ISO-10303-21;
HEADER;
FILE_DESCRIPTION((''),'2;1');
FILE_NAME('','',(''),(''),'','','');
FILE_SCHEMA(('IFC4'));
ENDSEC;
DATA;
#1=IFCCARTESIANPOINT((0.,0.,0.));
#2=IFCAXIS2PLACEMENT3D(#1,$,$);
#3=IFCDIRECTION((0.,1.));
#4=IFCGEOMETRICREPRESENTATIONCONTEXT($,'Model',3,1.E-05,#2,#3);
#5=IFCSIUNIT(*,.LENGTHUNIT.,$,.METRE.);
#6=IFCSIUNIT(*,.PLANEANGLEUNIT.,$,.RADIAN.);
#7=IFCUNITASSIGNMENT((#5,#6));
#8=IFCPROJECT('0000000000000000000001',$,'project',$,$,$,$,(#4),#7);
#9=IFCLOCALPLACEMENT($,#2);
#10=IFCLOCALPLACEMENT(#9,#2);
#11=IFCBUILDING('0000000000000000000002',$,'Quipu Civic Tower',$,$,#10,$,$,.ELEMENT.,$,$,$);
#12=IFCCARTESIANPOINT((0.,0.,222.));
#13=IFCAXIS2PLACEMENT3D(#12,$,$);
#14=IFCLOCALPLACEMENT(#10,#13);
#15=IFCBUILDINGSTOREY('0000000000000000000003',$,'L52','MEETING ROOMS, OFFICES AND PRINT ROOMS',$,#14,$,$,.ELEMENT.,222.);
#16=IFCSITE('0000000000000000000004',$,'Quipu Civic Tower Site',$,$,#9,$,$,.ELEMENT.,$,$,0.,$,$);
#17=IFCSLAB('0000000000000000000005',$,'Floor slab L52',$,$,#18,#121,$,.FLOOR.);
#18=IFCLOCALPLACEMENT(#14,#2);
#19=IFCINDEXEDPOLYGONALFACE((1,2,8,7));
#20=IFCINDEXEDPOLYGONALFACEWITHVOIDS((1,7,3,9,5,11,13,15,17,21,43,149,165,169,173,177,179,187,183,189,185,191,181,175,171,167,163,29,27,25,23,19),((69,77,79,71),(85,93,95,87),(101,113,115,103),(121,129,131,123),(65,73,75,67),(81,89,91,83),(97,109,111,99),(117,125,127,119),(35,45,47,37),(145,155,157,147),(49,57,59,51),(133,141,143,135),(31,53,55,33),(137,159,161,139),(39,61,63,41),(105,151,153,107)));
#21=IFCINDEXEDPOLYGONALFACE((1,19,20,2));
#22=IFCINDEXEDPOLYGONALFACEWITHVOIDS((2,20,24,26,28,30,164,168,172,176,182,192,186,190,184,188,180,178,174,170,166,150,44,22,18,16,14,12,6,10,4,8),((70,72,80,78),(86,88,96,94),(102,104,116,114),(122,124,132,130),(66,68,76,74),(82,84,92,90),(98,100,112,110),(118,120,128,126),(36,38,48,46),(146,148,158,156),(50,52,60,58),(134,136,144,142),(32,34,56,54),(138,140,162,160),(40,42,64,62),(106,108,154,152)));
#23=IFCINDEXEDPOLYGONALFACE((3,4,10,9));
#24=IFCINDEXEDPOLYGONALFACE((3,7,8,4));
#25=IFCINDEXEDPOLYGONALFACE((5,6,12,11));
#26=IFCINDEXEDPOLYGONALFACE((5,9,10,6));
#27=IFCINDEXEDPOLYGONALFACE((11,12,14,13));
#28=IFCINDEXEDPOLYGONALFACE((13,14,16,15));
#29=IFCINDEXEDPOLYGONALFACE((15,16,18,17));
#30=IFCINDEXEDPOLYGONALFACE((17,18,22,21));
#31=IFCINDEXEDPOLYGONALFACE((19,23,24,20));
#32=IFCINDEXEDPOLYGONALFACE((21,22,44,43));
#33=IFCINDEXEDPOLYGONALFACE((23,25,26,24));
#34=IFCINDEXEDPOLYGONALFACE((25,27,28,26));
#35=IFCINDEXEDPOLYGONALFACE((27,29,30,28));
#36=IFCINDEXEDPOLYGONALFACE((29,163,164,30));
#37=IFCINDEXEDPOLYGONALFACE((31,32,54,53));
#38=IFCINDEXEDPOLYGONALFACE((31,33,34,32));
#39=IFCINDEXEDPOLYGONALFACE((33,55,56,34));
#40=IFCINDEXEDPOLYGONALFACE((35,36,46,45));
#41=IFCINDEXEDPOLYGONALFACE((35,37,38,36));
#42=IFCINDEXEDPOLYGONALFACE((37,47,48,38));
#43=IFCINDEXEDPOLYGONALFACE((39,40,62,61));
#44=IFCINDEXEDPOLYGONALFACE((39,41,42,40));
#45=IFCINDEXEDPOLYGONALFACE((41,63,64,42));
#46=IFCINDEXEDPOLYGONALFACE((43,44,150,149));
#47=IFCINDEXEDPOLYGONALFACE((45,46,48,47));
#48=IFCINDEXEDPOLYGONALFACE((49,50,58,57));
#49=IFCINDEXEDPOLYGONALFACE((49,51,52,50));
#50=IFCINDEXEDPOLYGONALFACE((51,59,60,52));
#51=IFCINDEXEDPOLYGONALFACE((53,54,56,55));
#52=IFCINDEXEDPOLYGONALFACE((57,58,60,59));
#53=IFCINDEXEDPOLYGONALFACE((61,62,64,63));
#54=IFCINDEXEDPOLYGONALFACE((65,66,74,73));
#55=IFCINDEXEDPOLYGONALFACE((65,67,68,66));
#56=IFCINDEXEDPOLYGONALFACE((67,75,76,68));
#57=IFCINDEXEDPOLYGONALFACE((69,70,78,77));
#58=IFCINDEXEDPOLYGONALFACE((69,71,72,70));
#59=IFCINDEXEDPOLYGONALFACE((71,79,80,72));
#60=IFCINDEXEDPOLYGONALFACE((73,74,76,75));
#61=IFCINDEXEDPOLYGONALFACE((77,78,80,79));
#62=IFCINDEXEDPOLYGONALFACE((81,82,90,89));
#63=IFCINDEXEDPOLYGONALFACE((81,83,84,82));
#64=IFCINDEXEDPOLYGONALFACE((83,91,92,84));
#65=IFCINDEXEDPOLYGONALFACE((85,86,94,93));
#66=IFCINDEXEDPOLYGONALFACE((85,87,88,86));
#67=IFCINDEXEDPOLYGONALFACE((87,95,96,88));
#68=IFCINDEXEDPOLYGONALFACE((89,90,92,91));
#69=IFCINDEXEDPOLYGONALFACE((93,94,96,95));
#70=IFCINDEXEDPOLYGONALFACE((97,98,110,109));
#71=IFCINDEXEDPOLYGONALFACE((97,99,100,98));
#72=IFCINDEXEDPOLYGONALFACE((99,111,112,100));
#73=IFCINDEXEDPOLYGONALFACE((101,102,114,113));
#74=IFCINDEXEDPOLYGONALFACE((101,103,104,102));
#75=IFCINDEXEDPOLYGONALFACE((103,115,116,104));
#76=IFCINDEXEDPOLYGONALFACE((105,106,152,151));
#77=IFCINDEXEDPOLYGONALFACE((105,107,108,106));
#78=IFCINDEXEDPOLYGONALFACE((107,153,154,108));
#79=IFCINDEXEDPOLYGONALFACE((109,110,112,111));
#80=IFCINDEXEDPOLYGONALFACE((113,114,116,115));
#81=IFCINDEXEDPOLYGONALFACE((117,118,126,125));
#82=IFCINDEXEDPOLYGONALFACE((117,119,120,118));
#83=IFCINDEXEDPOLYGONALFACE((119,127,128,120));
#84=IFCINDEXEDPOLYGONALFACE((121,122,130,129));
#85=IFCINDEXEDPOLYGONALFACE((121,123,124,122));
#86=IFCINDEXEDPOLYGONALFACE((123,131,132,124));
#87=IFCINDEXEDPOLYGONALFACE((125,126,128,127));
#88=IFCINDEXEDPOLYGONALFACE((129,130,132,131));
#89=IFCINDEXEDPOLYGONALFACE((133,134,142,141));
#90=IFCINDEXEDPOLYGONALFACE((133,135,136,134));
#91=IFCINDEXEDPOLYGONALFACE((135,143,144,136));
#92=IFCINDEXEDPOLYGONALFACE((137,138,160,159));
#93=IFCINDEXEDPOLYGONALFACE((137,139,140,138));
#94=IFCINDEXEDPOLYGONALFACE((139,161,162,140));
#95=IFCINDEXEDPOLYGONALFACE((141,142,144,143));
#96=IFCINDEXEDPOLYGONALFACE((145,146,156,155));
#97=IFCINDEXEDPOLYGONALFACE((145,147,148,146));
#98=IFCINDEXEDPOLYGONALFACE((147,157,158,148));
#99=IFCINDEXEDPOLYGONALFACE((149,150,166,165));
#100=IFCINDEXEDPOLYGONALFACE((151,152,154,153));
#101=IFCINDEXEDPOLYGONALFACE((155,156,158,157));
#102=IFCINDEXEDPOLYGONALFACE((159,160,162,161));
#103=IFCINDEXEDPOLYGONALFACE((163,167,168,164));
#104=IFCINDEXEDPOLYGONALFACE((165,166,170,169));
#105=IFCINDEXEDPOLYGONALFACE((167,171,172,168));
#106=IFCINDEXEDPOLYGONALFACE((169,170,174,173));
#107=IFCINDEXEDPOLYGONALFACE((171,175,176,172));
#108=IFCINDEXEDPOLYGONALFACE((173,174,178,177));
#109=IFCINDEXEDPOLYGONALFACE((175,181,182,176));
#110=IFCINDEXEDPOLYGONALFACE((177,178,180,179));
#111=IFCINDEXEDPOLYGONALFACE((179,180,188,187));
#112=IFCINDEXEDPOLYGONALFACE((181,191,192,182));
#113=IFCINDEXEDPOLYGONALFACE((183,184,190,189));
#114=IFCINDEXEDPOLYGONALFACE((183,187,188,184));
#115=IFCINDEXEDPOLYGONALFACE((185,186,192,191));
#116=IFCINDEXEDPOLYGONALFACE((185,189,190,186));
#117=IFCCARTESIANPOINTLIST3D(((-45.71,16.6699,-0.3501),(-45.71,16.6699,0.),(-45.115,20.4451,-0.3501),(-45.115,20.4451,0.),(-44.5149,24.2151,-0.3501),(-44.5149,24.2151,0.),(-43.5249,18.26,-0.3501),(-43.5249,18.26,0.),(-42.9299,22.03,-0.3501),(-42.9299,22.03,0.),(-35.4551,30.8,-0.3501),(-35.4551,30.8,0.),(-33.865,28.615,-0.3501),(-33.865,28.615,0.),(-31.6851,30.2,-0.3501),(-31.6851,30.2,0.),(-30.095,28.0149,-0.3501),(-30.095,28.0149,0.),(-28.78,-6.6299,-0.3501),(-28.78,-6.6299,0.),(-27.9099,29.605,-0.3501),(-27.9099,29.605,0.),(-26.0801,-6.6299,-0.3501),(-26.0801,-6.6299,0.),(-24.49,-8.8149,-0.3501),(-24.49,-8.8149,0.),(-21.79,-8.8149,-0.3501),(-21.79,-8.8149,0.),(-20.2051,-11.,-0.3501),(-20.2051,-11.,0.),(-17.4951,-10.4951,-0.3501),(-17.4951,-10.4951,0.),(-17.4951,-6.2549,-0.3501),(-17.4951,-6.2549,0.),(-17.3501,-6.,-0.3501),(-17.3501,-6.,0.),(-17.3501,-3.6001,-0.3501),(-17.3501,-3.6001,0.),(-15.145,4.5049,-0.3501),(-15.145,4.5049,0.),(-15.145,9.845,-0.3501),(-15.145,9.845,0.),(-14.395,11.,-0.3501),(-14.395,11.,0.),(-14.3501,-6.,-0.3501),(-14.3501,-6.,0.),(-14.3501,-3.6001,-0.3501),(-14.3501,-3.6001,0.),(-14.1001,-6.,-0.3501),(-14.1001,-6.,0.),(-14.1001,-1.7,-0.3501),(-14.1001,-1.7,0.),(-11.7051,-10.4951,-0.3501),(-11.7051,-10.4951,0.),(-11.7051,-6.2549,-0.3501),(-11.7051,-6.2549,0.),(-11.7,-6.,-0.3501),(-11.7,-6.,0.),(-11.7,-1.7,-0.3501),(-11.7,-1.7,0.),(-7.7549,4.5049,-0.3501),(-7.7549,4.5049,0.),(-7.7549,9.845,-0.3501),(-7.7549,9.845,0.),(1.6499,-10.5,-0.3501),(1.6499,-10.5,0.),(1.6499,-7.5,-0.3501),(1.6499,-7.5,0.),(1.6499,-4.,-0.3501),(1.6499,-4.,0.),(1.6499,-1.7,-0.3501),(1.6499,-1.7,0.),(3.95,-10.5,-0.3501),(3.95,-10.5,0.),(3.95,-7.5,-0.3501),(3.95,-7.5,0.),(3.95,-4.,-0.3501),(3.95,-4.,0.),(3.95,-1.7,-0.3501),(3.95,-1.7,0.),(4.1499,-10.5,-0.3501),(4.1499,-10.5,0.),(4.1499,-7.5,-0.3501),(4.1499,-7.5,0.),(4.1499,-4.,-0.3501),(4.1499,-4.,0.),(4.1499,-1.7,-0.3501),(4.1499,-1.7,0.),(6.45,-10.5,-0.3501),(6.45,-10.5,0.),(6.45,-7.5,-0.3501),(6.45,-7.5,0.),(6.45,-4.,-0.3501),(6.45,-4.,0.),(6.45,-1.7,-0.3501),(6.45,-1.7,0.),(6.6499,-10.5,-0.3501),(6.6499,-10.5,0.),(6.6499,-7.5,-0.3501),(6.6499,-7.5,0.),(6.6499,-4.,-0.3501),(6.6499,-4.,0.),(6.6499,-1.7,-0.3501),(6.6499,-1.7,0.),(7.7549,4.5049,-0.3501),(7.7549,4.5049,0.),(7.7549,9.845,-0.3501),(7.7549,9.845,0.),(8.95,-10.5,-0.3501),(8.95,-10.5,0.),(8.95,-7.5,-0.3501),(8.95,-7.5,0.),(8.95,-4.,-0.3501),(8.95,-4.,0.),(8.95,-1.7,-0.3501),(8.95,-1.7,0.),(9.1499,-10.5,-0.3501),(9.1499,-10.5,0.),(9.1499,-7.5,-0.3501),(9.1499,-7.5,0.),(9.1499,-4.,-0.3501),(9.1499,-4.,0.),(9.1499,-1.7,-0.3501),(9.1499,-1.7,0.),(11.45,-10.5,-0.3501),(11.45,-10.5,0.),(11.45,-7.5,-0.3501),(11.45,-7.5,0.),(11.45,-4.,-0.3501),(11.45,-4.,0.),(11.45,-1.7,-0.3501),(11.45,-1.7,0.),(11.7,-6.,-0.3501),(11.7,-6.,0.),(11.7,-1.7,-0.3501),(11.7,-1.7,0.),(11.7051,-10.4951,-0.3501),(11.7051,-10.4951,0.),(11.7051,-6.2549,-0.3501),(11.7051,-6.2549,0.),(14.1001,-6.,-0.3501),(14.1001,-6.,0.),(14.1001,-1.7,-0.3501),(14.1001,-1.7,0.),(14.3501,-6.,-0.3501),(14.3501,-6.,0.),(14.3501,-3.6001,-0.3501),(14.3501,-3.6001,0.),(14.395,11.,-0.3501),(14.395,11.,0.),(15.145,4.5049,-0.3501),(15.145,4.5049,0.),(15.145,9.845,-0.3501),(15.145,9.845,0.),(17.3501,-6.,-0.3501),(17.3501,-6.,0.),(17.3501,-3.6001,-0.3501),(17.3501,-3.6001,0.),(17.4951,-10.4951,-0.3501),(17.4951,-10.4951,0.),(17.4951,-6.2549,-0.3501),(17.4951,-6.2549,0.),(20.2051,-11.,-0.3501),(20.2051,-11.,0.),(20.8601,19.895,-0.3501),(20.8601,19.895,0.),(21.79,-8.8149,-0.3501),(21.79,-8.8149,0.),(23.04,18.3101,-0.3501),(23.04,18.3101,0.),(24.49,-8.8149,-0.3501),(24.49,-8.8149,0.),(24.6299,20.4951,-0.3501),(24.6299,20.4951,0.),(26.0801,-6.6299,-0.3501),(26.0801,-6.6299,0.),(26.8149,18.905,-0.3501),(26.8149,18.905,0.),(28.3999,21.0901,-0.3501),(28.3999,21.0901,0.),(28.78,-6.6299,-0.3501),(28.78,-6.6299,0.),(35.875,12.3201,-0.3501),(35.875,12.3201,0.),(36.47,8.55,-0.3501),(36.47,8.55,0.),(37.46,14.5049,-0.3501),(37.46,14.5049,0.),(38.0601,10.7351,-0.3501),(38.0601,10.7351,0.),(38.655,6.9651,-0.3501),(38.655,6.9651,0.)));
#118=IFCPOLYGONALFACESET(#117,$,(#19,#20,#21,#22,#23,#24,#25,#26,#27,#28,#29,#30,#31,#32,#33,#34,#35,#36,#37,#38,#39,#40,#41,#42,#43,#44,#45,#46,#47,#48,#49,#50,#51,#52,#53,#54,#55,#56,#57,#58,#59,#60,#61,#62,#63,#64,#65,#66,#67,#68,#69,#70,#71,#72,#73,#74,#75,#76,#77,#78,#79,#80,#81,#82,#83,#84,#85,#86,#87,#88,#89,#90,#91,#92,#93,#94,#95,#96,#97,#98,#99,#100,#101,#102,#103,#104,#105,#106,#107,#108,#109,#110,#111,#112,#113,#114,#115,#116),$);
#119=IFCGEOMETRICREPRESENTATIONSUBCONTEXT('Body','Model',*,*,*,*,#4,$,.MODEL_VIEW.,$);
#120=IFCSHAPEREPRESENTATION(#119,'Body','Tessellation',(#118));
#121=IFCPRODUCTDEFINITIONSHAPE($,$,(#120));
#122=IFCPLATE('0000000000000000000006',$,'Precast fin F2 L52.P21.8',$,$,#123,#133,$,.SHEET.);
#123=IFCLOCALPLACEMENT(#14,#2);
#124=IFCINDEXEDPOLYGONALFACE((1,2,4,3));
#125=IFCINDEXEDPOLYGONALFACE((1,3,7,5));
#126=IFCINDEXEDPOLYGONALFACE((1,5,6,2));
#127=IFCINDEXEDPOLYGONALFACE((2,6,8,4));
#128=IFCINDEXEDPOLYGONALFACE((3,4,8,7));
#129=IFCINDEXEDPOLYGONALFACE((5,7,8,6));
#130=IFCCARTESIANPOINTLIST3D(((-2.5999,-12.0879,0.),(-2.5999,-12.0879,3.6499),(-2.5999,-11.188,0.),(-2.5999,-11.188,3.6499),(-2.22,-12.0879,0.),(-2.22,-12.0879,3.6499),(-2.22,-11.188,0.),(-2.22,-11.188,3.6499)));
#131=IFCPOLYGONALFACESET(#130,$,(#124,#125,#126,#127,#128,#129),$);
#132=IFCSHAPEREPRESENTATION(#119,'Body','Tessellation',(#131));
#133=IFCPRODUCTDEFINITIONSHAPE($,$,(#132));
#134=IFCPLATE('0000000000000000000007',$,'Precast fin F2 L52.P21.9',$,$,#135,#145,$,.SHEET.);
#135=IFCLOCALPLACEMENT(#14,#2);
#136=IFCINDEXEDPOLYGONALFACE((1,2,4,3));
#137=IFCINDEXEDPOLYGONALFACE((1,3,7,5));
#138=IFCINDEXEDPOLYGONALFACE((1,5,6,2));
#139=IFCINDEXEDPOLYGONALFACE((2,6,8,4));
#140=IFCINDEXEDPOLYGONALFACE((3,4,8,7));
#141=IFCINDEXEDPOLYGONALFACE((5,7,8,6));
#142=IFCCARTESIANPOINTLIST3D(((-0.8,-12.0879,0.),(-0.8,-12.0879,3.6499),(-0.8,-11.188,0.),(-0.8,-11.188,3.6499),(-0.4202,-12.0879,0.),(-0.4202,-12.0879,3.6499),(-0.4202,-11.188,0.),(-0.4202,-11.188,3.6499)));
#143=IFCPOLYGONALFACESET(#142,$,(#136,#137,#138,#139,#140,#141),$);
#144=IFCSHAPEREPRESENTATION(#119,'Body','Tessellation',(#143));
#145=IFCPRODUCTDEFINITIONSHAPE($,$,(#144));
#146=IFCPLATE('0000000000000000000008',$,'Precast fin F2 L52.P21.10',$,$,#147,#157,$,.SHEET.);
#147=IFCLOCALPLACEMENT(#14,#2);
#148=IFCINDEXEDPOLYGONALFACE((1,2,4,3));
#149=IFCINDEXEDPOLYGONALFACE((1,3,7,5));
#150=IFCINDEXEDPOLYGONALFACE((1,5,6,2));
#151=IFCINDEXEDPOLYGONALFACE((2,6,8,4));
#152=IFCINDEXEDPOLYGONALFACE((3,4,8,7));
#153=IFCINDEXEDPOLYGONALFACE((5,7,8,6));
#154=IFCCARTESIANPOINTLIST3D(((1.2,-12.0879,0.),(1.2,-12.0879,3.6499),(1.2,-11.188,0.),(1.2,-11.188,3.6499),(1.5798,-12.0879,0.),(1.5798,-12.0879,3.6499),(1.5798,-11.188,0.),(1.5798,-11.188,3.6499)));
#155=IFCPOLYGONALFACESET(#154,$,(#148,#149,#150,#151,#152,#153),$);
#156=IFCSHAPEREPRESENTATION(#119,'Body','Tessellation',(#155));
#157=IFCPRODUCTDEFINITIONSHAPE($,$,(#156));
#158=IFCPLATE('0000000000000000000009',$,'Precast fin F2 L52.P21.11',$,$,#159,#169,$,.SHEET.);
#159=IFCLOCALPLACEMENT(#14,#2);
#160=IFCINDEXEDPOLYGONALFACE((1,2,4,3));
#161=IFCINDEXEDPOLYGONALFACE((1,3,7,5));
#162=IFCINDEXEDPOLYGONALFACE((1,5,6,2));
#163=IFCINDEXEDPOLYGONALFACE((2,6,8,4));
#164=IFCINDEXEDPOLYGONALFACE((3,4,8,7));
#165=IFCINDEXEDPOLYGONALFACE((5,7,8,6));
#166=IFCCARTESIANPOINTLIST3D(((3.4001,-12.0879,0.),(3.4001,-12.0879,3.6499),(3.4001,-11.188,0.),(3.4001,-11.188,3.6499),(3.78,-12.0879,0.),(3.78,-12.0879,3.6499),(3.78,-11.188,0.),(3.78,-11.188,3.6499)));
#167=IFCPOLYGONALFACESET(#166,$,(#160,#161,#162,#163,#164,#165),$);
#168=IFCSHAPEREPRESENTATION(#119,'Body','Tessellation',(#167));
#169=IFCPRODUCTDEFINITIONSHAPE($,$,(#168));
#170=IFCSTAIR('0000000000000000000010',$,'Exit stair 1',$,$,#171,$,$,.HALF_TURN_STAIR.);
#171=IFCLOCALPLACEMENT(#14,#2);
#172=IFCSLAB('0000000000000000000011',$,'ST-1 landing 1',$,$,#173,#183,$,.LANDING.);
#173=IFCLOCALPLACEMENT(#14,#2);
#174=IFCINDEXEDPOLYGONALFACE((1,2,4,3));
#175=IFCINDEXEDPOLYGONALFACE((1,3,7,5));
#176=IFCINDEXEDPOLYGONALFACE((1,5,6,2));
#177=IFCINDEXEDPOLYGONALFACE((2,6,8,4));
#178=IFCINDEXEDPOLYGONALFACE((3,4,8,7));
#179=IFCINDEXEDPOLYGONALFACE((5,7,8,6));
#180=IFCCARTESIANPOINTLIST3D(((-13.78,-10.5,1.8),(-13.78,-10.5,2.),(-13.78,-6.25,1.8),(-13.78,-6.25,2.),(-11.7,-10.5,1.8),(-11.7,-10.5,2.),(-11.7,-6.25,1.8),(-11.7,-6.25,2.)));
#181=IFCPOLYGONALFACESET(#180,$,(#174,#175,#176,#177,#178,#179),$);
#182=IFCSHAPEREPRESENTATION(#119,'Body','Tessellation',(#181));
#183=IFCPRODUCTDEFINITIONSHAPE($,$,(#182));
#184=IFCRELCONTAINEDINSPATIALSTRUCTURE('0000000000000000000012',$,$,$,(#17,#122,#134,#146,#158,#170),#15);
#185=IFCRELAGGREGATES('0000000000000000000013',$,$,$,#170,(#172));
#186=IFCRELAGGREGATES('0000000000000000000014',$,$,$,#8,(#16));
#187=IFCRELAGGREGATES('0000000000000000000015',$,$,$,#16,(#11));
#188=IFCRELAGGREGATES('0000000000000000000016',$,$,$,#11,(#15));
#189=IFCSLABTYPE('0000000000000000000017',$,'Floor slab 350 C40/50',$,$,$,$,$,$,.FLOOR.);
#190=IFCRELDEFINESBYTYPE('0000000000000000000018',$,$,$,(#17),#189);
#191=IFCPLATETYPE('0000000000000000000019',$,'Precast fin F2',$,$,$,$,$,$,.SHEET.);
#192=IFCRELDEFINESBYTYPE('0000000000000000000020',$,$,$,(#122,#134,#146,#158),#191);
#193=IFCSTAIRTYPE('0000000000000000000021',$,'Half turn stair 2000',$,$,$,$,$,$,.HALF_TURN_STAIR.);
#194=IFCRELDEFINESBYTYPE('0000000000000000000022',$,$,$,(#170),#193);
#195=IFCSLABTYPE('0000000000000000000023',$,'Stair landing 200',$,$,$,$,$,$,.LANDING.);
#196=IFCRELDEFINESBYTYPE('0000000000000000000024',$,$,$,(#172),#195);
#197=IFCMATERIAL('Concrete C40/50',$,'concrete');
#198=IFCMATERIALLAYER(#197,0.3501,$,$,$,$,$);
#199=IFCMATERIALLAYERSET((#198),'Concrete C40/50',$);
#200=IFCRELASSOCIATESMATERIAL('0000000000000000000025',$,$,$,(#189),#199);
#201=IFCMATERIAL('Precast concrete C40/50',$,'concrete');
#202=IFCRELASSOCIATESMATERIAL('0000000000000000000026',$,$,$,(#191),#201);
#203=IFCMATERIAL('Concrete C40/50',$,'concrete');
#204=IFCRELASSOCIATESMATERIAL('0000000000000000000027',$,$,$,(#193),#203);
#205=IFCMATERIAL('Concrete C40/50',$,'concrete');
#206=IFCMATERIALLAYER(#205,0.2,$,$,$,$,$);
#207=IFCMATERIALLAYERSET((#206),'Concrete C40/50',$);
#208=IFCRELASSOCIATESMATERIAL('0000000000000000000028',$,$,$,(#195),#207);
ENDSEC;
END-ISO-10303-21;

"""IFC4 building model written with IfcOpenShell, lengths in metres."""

from ifc_helpers import new_model, si_unit, direction, frame, origin, origin_2d, place, context, subcontext, project, spatial, polyline, rectangle, outline, extrude, material, layer, layer_set, type_object, element, aggregate, save


model = new_model("IFC4")

# Units and contexts
model_context = context("Model", 3, precision=1e-05, world=origin(), true_north=direction((0.0, 1.0)))
body_context = subcontext(model_context, "Body", "Model", "MODEL_VIEW")
ifc_project = project(units=[si_unit("LENGTHUNIT", "METRE"), si_unit("PLANEANGLEUNIT", "RADIAN")], contexts=[model_context])

# Site, building, storey
site_placement = place(None, origin())
site = spatial("IfcSite", under=ifc_project, at=site_placement, Name="Quipu Civic Tower Site", CompositionType="ELEMENT", RefElevation=0.0)
building_placement = place(site_placement, origin())
building = spatial("IfcBuilding", under=site, at=building_placement, Name="Quipu Civic Tower", CompositionType="ELEMENT")
storey_placement = place(building_placement, frame((0.0, 0.0, 222.0)))
storey = spatial("IfcBuildingStorey", under=building, at=storey_placement, Name="L52", Description="MEETING ROOMS, OFFICES AND PRINT ROOMS", CompositionType="ELEMENT", Elevation=222.0)

# Slab
ifc_material_1 = material(Name="Concrete C40/50", Category="concrete")
ifc_layer_1 = layer(ifc_material_1, 0.3501)
ifc_layer_set_1 = layer_set([ifc_layer_1], Name="Concrete C40/50")
slab_type_1 = type_object("IfcSlabType", Name="Floor slab 350 C40/50", PredefinedType="FLOOR", material=ifc_layer_set_1)
slab_1_placement = place(storey_placement, frame((0.0, 0.0, -0.3501)))
element("IfcSlab", 1, at=slab_1_placement, inside=storey, type_object=slab_type_1, Name="Floor slab L52", PredefinedType="FLOOR", context=body_context, shape_type="SweptSolid", body=[
    extrude(outline(polyline([(20.8601, 19.895), (23.04, 18.3101), (24.6299, 20.4951), (26.8149, 18.905), (28.3999, 21.0901), (37.46, 14.5049), (35.875, 12.3201), (38.0601, 10.7351), (36.47, 8.55), (38.655, 6.9651), (28.78, -6.6299), (26.0801, -6.6299), (24.49, -8.8149), (21.79, -8.8149), (20.2051, -11.0), (-20.2051, -11.0), (-21.79, -8.8149), (-24.49, -8.8149), (-26.0801, -6.6299), (-28.78, -6.6299), (-45.71, 16.6699), (-43.5249, 18.26), (-45.115, 20.4451), (-42.9299, 22.03), (-44.5149, 24.2151), (-35.4551, 30.8), (-33.865, 28.615), (-31.6851, 30.2), (-30.095, 28.0149), (-27.9099, 29.605), (-14.395, 11.0), (14.395, 11.0), (20.8601, 19.895)]), holes=[polyline([(1.6499, -7.5), (1.6499, -10.5), (3.95, -10.5), (3.95, -7.5), (1.6499, -7.5)]), polyline([(4.1499, -7.5), (4.1499, -10.5), (6.45, -10.5), (6.45, -7.5), (4.1499, -7.5)]), polyline([(-11.7051, -6.2549), (-17.4951, -6.2549), (-17.4951, -10.4951), (-11.7051, -10.4951), (-11.7051, -6.2549)]), polyline([(-17.3501, -3.6001), (-17.3501, -6.0), (-14.3501, -6.0), (-14.3501, -3.6001), (-17.3501, -3.6001)]), polyline([(-14.1001, -1.7), (-14.1001, -6.0), (-11.7, -6.0), (-11.7, -1.7), (-14.1001, -1.7)]), polyline([(1.6499, -1.7), (1.6499, -4.0), (3.95, -4.0), (3.95, -1.7), (1.6499, -1.7)]), polyline([(4.1499, -1.7), (4.1499, -4.0), (6.45, -4.0), (6.45, -1.7), (4.1499, -1.7)]), polyline([(-7.7549, 9.845), (-15.145, 9.845), (-15.145, 4.5049), (-7.7549, 4.5049), (-7.7549, 9.845)]), polyline([(6.6499, -7.5), (6.6499, -10.5), (8.95, -10.5), (8.95, -7.5), (6.6499, -7.5)]), polyline([(9.1499, -7.5), (9.1499, -10.5), (11.45, -10.5), (11.45, -7.5), (9.1499, -7.5)]), polyline([(11.7051, -10.4951), (17.4951, -10.4951), (17.4951, -6.2549), (11.7051, -6.2549), (11.7051, -10.4951)]), polyline([(14.3501, -3.6001), (14.3501, -6.0), (17.3501, -6.0), (17.3501, -3.6001), (14.3501, -3.6001)]), polyline([(11.7, -1.7), (11.7, -6.0), (14.1001, -6.0), (14.1001, -1.7), (11.7, -1.7)]), polyline([(6.6499, -1.7), (6.6499, -4.0), (8.95, -4.0), (8.95, -1.7), (6.6499, -1.7)]), polyline([(9.1499, -1.7), (9.1499, -4.0), (11.45, -4.0), (11.45, -1.7), (9.1499, -1.7)]), polyline([(7.7549, 4.5049), (15.145, 4.5049), (15.145, 9.845), (7.7549, 9.845), (7.7549, 4.5049)])]), origin(), (0.0, 0.0, 1.0), 0.3501),
])

# Plates
ifc_material_2 = material(Name="Precast concrete C40/50", Category="concrete")
plate_type = type_object("IfcPlateType", Name="Precast fin F2", PredefinedType="SHEET", material=ifc_material_2)
for number, where, z_axis, x_axis, name in (
    (2, (-2.4099, -11.6379, 0.0), (0.0, 0.0, 1.0), (1.0, 0.0, 0.0), "Precast fin F2 L52.P21.8"),
    (3, (-0.6101, -11.6379, 0.0), (0.0, 0.0, 1.0), (1.0, 0.0, 0.0), "Precast fin F2 L52.P21.9"),
    (4, (1.3899, -11.6379, 0.0), (0.0, 0.0, 1.0), (1.0, 0.0, 0.0), "Precast fin F2 L52.P21.10"),
    (5, (3.5901, -11.6379, 0.0), (0.0, 0.0, 1.0), (1.0, 0.0, 0.0), "Precast fin F2 L52.P21.11"),
):
    element("IfcPlate", number, at=place(storey_placement, frame(where, z_axis=z_axis, x_axis=x_axis)), inside=storey, type_object=plate_type, Name=name, PredefinedType="SHEET", context=body_context, shape_type="SweptSolid", body=[
        extrude(rectangle(XDim=0.3799, YDim=0.8999, at=origin_2d()), origin(), (0.0, 0.0, 1.0), 3.6499),
    ])

# Stair, slab
ifc_material_3 = material(Name="Concrete C40/50", Category="concrete")
stair_type_1 = type_object("IfcStairType", Name="Half turn stair 2000", PredefinedType="HALF_TURN_STAIR", material=ifc_material_3)
stair_1_placement = place(storey_placement, origin())
stair_1 = element("IfcStair", 6, at=stair_1_placement, inside=storey, type_object=stair_type_1, Name="Exit stair 1", PredefinedType="HALF_TURN_STAIR")
ifc_material_4 = material(Name="Concrete C40/50", Category="concrete")
ifc_layer_2 = layer(ifc_material_4, 0.2)
ifc_layer_set_2 = layer_set([ifc_layer_2], Name="Concrete C40/50")
slab_type_2 = type_object("IfcSlabType", Name="Stair landing 200", PredefinedType="LANDING", material=ifc_layer_set_2)
slab_2_placement = place(storey_placement, frame((0.0, 0.0, 1.8)))
slab_2 = element("IfcSlab", 7, at=slab_2_placement, type_object=slab_type_2, Name="ST-1 landing 1", PredefinedType="LANDING", context=body_context, shape_type="SweptSolid", body=[
    extrude(outline(polyline([(-13.78, -10.5), (-11.7, -10.5), (-11.7, -6.25), (-13.78, -6.25), (-13.78, -10.5)])), origin(), (0.0, 0.0, 1.0), 0.2),
])
aggregate(stair_1, [slab_2])

save(model, "model.ifc")
